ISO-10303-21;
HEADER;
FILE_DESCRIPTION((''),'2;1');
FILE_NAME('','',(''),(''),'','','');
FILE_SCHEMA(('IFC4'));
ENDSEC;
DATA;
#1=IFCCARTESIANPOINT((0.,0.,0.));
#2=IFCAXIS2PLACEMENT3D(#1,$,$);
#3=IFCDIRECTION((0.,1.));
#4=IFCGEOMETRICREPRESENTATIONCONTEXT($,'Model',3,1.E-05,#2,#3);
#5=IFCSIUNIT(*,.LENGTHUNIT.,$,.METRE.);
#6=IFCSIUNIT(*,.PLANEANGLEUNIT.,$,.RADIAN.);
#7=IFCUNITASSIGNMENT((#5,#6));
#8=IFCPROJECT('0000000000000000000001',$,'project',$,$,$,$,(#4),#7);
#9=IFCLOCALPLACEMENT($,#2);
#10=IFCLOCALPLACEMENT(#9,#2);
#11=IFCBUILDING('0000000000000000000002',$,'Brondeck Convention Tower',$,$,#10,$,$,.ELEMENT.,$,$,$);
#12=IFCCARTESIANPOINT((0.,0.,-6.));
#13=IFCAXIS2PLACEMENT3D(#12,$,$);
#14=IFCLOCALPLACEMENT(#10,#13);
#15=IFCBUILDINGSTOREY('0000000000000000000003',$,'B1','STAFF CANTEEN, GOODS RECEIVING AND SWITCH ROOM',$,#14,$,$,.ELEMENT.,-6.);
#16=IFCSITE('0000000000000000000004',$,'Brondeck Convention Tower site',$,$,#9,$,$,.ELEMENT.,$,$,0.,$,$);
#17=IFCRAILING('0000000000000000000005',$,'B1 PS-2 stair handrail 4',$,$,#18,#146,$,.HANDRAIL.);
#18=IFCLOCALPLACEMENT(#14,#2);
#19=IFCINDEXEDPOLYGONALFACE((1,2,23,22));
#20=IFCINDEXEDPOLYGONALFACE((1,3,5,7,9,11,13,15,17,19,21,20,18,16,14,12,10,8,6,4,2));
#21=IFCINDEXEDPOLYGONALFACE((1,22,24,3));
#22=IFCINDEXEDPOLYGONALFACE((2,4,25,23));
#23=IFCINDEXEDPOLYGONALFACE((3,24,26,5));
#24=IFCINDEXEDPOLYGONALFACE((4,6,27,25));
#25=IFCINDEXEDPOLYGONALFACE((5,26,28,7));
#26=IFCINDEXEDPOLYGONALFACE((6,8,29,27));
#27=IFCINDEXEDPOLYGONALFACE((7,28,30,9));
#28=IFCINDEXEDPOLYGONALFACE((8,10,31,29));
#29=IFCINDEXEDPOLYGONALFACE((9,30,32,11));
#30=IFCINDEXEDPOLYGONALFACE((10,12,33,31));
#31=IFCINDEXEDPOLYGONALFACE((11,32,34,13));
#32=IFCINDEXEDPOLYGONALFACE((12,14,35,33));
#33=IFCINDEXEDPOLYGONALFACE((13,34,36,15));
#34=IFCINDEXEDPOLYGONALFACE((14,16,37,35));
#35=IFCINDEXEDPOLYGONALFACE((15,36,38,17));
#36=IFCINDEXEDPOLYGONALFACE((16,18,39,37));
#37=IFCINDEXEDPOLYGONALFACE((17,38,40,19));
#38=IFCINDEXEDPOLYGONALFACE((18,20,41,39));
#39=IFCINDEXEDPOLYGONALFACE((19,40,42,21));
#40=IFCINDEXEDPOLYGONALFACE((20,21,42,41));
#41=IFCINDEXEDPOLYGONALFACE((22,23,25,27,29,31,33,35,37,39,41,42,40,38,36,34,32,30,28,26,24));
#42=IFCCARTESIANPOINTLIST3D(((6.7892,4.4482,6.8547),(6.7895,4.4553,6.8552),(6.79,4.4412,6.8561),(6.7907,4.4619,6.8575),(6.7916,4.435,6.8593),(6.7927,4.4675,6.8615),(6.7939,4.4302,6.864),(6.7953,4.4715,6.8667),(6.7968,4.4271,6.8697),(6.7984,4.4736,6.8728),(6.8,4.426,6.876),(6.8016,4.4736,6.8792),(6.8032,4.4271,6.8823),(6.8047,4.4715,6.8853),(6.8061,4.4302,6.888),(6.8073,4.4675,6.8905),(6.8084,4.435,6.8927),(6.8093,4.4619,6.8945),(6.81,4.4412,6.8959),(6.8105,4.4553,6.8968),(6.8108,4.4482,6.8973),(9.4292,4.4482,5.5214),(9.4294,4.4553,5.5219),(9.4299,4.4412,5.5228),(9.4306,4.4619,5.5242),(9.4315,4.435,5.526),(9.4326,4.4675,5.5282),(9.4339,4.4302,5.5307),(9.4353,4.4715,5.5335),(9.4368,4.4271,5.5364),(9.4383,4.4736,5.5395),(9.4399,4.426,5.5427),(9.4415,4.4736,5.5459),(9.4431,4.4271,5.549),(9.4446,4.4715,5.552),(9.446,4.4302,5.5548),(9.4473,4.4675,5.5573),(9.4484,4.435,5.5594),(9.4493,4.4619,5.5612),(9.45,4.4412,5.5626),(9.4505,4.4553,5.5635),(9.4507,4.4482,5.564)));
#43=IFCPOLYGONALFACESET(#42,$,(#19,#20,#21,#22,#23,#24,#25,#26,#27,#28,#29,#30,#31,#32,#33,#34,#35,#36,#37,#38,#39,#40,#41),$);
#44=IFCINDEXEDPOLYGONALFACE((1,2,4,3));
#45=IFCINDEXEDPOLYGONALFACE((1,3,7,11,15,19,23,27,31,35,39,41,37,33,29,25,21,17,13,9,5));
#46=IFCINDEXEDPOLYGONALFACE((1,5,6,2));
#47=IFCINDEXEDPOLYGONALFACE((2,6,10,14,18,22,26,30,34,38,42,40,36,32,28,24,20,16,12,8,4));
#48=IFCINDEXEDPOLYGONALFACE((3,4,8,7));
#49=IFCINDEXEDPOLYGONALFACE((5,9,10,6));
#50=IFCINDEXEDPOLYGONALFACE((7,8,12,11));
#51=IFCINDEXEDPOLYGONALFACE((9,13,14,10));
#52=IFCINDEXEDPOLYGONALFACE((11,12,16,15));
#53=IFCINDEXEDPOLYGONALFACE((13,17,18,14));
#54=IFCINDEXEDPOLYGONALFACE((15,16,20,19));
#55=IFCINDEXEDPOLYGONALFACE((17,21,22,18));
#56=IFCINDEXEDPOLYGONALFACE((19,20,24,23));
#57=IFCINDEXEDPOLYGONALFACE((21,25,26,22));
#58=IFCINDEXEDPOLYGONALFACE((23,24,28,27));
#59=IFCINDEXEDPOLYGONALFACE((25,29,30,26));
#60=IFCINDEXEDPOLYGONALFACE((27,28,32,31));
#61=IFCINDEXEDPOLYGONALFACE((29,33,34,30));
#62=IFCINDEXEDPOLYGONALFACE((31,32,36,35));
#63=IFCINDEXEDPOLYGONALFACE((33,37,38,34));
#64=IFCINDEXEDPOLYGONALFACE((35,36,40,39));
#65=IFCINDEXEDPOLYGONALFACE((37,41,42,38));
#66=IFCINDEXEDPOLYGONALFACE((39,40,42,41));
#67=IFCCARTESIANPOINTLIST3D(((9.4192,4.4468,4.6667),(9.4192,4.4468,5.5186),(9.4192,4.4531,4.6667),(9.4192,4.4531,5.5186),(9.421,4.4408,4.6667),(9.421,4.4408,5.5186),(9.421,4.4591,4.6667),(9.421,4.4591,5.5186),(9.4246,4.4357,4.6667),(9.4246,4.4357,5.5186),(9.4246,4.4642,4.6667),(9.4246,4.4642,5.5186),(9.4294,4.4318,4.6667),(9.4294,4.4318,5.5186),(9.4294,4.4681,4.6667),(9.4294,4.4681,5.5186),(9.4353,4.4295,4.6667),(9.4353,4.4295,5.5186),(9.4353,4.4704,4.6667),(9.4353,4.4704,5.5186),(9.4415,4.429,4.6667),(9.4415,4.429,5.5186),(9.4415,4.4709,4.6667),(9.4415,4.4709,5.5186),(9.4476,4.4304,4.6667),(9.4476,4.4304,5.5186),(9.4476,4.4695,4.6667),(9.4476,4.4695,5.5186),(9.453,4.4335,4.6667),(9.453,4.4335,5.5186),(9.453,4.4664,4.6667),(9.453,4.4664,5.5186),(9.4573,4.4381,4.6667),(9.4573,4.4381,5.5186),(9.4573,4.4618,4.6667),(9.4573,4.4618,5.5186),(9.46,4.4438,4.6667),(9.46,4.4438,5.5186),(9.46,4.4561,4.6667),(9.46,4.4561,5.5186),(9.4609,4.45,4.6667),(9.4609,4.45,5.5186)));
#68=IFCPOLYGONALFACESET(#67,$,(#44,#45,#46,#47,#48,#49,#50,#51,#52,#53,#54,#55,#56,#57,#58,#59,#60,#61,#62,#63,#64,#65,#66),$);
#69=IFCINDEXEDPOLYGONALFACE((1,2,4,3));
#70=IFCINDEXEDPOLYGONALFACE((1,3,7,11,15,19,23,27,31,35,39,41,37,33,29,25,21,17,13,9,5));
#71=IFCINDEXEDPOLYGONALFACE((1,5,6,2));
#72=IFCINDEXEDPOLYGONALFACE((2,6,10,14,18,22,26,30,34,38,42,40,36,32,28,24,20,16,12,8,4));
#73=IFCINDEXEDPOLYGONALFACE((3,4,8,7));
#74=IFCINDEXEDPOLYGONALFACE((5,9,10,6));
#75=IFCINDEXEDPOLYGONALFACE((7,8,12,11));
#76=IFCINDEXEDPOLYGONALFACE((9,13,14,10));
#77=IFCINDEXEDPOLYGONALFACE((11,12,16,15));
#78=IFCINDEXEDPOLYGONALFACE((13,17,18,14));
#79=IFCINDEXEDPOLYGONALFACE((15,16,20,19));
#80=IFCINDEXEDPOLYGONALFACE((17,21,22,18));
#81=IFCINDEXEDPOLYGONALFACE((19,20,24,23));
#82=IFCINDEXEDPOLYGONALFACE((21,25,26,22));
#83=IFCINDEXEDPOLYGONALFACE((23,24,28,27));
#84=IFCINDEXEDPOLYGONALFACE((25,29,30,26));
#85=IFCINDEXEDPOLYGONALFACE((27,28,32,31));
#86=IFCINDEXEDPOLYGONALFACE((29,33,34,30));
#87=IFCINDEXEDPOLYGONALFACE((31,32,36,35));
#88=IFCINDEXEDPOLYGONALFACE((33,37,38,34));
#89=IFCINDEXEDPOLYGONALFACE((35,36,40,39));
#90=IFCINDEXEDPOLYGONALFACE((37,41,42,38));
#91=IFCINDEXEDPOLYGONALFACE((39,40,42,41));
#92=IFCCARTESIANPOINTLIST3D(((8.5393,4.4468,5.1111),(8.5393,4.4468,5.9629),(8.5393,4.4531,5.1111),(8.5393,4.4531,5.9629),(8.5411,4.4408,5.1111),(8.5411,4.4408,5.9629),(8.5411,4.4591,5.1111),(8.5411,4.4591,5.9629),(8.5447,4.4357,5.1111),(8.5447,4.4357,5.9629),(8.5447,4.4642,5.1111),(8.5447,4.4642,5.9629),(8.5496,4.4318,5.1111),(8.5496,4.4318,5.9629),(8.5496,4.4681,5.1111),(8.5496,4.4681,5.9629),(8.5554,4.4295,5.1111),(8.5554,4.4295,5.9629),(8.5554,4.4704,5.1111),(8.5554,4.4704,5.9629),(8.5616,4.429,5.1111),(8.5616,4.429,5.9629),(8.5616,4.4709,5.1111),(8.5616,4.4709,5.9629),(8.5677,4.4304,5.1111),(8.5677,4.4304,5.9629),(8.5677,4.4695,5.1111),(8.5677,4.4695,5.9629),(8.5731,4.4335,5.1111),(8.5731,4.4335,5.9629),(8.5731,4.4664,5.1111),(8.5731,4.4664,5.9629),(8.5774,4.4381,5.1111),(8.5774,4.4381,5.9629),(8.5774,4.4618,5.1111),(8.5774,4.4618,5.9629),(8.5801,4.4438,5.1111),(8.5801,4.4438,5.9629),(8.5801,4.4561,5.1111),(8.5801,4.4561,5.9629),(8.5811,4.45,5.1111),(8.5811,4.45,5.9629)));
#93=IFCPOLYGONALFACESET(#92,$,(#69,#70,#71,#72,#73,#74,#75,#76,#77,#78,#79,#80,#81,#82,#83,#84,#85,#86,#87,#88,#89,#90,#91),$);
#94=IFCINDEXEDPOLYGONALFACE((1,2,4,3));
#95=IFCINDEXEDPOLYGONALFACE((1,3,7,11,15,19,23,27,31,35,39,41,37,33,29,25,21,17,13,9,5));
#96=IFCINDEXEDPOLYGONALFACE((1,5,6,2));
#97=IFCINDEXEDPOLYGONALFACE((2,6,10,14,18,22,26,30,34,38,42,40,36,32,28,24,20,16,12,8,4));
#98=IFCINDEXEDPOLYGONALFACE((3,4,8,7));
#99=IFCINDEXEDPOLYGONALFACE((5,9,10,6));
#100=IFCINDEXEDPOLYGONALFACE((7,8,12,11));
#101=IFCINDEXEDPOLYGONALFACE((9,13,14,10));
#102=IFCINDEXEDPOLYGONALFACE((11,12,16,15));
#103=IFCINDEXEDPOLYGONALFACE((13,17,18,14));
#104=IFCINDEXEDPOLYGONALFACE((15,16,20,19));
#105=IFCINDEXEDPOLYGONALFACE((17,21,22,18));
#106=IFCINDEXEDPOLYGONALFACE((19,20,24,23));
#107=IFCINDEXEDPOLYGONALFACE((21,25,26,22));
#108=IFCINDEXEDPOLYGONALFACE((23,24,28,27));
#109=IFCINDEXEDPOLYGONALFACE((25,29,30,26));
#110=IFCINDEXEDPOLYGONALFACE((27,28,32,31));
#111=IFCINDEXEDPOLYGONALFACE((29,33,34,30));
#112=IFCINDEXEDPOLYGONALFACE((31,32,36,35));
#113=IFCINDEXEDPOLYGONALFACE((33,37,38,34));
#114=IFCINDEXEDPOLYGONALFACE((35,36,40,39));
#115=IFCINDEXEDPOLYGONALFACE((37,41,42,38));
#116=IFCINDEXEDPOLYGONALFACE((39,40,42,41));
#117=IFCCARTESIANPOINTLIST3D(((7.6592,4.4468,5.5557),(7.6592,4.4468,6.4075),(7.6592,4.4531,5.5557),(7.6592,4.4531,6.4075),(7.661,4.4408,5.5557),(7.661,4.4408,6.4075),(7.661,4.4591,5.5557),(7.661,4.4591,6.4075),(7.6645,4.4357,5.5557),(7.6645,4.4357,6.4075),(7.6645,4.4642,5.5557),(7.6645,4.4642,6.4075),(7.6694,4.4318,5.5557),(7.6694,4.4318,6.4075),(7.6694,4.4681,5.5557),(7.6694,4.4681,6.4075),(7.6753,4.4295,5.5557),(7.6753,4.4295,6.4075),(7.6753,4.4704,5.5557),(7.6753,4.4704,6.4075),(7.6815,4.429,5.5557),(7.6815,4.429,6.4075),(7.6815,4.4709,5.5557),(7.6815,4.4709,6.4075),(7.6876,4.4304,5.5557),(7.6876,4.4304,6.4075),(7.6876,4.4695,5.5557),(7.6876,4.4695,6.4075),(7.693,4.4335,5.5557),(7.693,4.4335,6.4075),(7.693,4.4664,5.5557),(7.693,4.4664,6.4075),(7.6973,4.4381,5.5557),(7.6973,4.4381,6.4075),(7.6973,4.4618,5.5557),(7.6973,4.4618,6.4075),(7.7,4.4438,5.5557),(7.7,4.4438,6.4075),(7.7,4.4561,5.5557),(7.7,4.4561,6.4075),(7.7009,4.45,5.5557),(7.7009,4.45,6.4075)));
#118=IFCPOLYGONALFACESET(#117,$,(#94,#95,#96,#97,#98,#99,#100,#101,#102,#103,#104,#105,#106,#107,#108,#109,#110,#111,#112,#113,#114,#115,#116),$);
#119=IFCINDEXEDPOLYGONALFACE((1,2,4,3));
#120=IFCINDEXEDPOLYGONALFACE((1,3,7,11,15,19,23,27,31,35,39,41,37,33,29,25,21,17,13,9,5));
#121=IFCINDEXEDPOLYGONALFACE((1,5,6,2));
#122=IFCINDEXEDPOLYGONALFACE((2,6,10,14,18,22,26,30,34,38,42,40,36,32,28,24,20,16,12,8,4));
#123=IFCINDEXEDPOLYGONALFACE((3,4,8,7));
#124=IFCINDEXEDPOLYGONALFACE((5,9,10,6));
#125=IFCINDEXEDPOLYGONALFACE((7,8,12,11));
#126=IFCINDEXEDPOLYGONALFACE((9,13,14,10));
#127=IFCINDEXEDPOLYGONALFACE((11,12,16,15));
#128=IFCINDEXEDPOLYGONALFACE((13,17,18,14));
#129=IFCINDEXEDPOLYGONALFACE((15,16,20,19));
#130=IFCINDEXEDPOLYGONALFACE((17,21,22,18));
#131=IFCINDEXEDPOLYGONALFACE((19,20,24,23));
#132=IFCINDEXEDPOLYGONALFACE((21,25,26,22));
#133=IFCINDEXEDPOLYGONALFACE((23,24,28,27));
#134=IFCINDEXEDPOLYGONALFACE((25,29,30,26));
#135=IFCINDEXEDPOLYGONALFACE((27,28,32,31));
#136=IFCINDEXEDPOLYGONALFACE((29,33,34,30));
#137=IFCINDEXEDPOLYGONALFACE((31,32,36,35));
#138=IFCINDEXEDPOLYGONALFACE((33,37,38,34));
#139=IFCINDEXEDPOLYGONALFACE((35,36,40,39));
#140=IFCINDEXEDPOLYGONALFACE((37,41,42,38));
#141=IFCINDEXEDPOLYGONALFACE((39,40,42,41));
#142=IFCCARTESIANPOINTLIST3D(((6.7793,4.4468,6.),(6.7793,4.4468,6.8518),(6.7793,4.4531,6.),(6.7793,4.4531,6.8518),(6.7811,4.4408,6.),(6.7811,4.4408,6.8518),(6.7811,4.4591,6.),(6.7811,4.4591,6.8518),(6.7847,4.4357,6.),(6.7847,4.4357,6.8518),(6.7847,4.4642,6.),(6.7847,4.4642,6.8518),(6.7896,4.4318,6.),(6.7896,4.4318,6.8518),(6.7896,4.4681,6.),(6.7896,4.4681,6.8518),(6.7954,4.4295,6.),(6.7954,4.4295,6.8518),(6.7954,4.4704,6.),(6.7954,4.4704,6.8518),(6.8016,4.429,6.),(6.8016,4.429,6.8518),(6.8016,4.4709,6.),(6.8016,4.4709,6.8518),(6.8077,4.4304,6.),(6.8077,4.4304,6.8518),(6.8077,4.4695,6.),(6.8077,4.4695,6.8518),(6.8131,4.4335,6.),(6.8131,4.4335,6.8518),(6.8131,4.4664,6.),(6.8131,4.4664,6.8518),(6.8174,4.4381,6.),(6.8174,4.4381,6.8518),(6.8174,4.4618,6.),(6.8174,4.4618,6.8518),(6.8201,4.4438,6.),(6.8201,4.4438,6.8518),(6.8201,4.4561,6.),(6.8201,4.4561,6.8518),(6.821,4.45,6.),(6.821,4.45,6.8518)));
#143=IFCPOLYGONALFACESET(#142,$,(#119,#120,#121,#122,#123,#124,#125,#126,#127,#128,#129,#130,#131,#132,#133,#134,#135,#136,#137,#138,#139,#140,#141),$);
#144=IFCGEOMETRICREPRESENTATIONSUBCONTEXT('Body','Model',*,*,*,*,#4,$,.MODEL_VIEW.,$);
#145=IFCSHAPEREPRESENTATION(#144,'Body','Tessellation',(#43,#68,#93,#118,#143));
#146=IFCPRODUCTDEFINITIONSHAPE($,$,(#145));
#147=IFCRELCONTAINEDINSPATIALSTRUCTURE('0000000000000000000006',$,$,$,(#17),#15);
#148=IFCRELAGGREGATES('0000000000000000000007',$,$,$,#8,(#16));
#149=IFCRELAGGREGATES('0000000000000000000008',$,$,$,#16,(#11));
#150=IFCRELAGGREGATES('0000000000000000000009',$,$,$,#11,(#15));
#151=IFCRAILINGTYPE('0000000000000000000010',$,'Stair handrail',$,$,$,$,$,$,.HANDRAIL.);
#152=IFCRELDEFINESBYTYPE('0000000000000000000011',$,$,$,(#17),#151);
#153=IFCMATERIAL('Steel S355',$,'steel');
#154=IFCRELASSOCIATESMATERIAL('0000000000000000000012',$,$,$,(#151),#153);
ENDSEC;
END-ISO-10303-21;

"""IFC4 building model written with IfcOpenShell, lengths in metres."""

from ifc_helpers import new_model, si_unit, direction, frame, origin, origin_2d, place, context, subcontext, project, spatial, circle, extrude, material, type_object, element, save


model = new_model("IFC4")

# Units and contexts
model_context = context("Model", 3, precision=1e-05, world=origin(), true_north=direction((0.0, 1.0)))
body_context = subcontext(model_context, "Body", "Model", "MODEL_VIEW")
ifc_project = project(units=[si_unit("LENGTHUNIT", "METRE"), si_unit("PLANEANGLEUNIT", "RADIAN")], contexts=[model_context])

# Site, building, storey
site_placement = place(None, origin())
site = spatial("IfcSite", under=ifc_project, at=site_placement, Name="Brondeck Convention Tower site", CompositionType="ELEMENT", RefElevation=0.0)
building_placement = place(site_placement, origin())
building = spatial("IfcBuilding", under=site, at=building_placement, Name="Brondeck Convention Tower", CompositionType="ELEMENT")
storey_placement = place(building_placement, frame((0.0, 0.0, -6.0)))
storey = spatial("IfcBuildingStorey", under=building, at=storey_placement, Name="B1", Description="STAFF CANTEEN, GOODS RECEIVING AND SWITCH ROOM", CompositionType="ELEMENT", Elevation=-6.0)

# Railing
ifc_material_1 = material(Name="Steel S355", Category="steel")
railing_type = type_object("IfcRailingType", Name="Stair handrail", PredefinedType="HANDRAIL", material=ifc_material_1)
for number, where, name in (
    (1, (9.4399, 4.45, 4.6667), "B1 PS-2 stair handrail 4"),
):
    element("IfcRailing", number, at=place(storey_placement, frame(where)), inside=storey, type_object=railing_type, Name=name, PredefinedType="HANDRAIL", context=body_context, shape_type="SweptSolid", body=[
        extrude(circle(Radius=0.0239, at=origin_2d()), frame((0.0, 0.0, 0.876), z_axis=(-0.89262, 0.0, 0.450809), x_axis=(0.0, -1.0, 0.0)), (0.0, 0.0, 1.0), 2.9575),
        extrude(circle(Radius=0.021, at=origin_2d()), origin(), (0.0, 0.0, 1.0), 0.8518),
        extrude(circle(Radius=0.021, at=origin_2d()), frame((-0.8799, 0.0, 0.4443)), (0.0, 0.0, 1.0), 0.8518),
        extrude(circle(Radius=0.021, at=origin_2d()), frame((-1.76, 0.0, 0.8889)), (0.0, 0.0, 1.0), 0.8518),
        extrude(circle(Radius=0.021, at=origin_2d()), frame((-2.6399, 0.0, 1.3333)), (0.0, 0.0, 1.0), 0.8518),
    ])

save(model, "model.ifc")
